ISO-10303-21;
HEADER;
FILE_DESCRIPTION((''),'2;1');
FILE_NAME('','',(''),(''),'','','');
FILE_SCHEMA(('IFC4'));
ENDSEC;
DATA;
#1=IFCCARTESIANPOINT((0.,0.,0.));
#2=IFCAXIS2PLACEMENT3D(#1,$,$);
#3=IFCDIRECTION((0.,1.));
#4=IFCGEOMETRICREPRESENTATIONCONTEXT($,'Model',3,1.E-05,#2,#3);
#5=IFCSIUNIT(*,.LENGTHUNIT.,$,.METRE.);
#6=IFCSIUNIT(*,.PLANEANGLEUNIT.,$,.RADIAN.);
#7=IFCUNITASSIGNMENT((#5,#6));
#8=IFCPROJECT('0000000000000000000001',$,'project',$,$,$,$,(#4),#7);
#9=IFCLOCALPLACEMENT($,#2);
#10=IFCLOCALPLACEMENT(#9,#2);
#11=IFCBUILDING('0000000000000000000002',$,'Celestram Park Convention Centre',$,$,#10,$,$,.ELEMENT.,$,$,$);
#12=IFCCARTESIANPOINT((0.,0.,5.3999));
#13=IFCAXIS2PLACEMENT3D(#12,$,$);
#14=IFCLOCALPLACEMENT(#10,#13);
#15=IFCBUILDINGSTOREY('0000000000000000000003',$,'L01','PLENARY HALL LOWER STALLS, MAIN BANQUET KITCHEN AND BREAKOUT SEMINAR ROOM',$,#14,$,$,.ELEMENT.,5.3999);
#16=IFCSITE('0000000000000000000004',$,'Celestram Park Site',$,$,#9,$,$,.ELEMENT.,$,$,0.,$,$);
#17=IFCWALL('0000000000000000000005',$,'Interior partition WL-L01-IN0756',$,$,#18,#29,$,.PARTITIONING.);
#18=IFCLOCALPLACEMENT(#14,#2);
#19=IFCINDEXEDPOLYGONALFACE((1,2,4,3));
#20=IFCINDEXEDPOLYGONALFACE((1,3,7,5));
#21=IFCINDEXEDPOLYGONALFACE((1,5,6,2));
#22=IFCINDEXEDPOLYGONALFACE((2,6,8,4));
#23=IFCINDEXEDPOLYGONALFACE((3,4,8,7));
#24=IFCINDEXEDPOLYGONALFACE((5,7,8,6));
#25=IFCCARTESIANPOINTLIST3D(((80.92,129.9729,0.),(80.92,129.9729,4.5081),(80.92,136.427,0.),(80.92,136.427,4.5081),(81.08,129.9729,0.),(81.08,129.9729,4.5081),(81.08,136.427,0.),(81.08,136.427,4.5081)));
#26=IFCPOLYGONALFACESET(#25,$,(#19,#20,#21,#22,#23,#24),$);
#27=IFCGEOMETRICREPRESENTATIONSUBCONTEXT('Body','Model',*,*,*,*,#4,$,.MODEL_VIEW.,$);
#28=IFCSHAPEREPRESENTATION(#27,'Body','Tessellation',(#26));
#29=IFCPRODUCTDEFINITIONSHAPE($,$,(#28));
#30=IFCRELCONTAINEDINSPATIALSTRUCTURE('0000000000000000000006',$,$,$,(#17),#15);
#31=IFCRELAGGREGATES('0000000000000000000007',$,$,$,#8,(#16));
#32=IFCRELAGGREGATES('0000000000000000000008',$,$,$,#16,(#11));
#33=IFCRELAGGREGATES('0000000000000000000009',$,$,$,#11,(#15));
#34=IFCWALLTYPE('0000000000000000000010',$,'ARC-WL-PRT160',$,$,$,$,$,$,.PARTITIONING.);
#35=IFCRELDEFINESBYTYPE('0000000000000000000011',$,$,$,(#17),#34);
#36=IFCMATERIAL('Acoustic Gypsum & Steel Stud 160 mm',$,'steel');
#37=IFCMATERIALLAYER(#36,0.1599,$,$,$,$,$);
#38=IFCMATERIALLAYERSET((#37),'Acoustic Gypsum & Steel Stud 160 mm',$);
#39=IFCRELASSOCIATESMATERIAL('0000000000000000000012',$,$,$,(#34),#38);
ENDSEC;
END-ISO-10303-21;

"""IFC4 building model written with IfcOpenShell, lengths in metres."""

from ifc_helpers import new_model, si_unit, direction, frame, frame_2d, origin, place, context, subcontext, project, spatial, rectangle, extrude, material, layer, layer_set, type_object, element, save


model = new_model("IFC4")

# Units and contexts
model_context = context("Model", 3, precision=1e-05, world=origin(), true_north=direction((0.0, 1.0)))
body_context = subcontext(model_context, "Body", "Model", "MODEL_VIEW")
ifc_project = project(units=[si_unit("LENGTHUNIT", "METRE"), si_unit("PLANEANGLEUNIT", "RADIAN")], contexts=[model_context])

# Site, building, storey
site_placement = place(None, origin())
site = spatial("IfcSite", under=ifc_project, at=site_placement, Name="Celestram Park Site", CompositionType="ELEMENT", RefElevation=0.0)
building_placement = place(site_placement, origin())
building = spatial("IfcBuilding", under=site, at=building_placement, Name="Celestram Park Convention Centre", CompositionType="ELEMENT")
storey_placement = place(building_placement, frame((0.0, 0.0, 5.3999)))
storey = spatial("IfcBuildingStorey", under=building, at=storey_placement, Name="L01", Description="PLENARY HALL LOWER STALLS, MAIN BANQUET KITCHEN AND BREAKOUT SEMINAR ROOM", CompositionType="ELEMENT", Elevation=5.3999)

# Shared definitions
ifc_material_1 = material(Name="Acoustic Gypsum & Steel Stud 160 mm", Category="steel")
ifc_layer = layer(ifc_material_1, 0.1599)
ifc_layer_set = layer_set([ifc_layer], Name="Acoustic Gypsum & Steel Stud 160 mm")
wall_type = type_object("IfcWallType", Name="ARC-WL-PRT160", PredefinedType="PARTITIONING", material=ifc_layer_set)

# Wall
wall_1_placement = place(storey_placement, frame((81.0, 129.9729, 0.0), z_axis=(0.0, 0.0, 1.0), x_axis=(0.0, 1.0, 0.0)))
element("IfcWall", 1, at=wall_1_placement, inside=storey, type_object=wall_type, Name="Interior partition WL-L01-IN0756", PredefinedType="PARTITIONING", context=body_context, shape_type="SweptSolid", body=[
    extrude(rectangle(XDim=6.4541, YDim=0.1599, at=frame_2d((3.2271, 0.0))), origin(), (0.0, 0.0, 1.0), 4.5081),
])

save(model, "model.ifc")
